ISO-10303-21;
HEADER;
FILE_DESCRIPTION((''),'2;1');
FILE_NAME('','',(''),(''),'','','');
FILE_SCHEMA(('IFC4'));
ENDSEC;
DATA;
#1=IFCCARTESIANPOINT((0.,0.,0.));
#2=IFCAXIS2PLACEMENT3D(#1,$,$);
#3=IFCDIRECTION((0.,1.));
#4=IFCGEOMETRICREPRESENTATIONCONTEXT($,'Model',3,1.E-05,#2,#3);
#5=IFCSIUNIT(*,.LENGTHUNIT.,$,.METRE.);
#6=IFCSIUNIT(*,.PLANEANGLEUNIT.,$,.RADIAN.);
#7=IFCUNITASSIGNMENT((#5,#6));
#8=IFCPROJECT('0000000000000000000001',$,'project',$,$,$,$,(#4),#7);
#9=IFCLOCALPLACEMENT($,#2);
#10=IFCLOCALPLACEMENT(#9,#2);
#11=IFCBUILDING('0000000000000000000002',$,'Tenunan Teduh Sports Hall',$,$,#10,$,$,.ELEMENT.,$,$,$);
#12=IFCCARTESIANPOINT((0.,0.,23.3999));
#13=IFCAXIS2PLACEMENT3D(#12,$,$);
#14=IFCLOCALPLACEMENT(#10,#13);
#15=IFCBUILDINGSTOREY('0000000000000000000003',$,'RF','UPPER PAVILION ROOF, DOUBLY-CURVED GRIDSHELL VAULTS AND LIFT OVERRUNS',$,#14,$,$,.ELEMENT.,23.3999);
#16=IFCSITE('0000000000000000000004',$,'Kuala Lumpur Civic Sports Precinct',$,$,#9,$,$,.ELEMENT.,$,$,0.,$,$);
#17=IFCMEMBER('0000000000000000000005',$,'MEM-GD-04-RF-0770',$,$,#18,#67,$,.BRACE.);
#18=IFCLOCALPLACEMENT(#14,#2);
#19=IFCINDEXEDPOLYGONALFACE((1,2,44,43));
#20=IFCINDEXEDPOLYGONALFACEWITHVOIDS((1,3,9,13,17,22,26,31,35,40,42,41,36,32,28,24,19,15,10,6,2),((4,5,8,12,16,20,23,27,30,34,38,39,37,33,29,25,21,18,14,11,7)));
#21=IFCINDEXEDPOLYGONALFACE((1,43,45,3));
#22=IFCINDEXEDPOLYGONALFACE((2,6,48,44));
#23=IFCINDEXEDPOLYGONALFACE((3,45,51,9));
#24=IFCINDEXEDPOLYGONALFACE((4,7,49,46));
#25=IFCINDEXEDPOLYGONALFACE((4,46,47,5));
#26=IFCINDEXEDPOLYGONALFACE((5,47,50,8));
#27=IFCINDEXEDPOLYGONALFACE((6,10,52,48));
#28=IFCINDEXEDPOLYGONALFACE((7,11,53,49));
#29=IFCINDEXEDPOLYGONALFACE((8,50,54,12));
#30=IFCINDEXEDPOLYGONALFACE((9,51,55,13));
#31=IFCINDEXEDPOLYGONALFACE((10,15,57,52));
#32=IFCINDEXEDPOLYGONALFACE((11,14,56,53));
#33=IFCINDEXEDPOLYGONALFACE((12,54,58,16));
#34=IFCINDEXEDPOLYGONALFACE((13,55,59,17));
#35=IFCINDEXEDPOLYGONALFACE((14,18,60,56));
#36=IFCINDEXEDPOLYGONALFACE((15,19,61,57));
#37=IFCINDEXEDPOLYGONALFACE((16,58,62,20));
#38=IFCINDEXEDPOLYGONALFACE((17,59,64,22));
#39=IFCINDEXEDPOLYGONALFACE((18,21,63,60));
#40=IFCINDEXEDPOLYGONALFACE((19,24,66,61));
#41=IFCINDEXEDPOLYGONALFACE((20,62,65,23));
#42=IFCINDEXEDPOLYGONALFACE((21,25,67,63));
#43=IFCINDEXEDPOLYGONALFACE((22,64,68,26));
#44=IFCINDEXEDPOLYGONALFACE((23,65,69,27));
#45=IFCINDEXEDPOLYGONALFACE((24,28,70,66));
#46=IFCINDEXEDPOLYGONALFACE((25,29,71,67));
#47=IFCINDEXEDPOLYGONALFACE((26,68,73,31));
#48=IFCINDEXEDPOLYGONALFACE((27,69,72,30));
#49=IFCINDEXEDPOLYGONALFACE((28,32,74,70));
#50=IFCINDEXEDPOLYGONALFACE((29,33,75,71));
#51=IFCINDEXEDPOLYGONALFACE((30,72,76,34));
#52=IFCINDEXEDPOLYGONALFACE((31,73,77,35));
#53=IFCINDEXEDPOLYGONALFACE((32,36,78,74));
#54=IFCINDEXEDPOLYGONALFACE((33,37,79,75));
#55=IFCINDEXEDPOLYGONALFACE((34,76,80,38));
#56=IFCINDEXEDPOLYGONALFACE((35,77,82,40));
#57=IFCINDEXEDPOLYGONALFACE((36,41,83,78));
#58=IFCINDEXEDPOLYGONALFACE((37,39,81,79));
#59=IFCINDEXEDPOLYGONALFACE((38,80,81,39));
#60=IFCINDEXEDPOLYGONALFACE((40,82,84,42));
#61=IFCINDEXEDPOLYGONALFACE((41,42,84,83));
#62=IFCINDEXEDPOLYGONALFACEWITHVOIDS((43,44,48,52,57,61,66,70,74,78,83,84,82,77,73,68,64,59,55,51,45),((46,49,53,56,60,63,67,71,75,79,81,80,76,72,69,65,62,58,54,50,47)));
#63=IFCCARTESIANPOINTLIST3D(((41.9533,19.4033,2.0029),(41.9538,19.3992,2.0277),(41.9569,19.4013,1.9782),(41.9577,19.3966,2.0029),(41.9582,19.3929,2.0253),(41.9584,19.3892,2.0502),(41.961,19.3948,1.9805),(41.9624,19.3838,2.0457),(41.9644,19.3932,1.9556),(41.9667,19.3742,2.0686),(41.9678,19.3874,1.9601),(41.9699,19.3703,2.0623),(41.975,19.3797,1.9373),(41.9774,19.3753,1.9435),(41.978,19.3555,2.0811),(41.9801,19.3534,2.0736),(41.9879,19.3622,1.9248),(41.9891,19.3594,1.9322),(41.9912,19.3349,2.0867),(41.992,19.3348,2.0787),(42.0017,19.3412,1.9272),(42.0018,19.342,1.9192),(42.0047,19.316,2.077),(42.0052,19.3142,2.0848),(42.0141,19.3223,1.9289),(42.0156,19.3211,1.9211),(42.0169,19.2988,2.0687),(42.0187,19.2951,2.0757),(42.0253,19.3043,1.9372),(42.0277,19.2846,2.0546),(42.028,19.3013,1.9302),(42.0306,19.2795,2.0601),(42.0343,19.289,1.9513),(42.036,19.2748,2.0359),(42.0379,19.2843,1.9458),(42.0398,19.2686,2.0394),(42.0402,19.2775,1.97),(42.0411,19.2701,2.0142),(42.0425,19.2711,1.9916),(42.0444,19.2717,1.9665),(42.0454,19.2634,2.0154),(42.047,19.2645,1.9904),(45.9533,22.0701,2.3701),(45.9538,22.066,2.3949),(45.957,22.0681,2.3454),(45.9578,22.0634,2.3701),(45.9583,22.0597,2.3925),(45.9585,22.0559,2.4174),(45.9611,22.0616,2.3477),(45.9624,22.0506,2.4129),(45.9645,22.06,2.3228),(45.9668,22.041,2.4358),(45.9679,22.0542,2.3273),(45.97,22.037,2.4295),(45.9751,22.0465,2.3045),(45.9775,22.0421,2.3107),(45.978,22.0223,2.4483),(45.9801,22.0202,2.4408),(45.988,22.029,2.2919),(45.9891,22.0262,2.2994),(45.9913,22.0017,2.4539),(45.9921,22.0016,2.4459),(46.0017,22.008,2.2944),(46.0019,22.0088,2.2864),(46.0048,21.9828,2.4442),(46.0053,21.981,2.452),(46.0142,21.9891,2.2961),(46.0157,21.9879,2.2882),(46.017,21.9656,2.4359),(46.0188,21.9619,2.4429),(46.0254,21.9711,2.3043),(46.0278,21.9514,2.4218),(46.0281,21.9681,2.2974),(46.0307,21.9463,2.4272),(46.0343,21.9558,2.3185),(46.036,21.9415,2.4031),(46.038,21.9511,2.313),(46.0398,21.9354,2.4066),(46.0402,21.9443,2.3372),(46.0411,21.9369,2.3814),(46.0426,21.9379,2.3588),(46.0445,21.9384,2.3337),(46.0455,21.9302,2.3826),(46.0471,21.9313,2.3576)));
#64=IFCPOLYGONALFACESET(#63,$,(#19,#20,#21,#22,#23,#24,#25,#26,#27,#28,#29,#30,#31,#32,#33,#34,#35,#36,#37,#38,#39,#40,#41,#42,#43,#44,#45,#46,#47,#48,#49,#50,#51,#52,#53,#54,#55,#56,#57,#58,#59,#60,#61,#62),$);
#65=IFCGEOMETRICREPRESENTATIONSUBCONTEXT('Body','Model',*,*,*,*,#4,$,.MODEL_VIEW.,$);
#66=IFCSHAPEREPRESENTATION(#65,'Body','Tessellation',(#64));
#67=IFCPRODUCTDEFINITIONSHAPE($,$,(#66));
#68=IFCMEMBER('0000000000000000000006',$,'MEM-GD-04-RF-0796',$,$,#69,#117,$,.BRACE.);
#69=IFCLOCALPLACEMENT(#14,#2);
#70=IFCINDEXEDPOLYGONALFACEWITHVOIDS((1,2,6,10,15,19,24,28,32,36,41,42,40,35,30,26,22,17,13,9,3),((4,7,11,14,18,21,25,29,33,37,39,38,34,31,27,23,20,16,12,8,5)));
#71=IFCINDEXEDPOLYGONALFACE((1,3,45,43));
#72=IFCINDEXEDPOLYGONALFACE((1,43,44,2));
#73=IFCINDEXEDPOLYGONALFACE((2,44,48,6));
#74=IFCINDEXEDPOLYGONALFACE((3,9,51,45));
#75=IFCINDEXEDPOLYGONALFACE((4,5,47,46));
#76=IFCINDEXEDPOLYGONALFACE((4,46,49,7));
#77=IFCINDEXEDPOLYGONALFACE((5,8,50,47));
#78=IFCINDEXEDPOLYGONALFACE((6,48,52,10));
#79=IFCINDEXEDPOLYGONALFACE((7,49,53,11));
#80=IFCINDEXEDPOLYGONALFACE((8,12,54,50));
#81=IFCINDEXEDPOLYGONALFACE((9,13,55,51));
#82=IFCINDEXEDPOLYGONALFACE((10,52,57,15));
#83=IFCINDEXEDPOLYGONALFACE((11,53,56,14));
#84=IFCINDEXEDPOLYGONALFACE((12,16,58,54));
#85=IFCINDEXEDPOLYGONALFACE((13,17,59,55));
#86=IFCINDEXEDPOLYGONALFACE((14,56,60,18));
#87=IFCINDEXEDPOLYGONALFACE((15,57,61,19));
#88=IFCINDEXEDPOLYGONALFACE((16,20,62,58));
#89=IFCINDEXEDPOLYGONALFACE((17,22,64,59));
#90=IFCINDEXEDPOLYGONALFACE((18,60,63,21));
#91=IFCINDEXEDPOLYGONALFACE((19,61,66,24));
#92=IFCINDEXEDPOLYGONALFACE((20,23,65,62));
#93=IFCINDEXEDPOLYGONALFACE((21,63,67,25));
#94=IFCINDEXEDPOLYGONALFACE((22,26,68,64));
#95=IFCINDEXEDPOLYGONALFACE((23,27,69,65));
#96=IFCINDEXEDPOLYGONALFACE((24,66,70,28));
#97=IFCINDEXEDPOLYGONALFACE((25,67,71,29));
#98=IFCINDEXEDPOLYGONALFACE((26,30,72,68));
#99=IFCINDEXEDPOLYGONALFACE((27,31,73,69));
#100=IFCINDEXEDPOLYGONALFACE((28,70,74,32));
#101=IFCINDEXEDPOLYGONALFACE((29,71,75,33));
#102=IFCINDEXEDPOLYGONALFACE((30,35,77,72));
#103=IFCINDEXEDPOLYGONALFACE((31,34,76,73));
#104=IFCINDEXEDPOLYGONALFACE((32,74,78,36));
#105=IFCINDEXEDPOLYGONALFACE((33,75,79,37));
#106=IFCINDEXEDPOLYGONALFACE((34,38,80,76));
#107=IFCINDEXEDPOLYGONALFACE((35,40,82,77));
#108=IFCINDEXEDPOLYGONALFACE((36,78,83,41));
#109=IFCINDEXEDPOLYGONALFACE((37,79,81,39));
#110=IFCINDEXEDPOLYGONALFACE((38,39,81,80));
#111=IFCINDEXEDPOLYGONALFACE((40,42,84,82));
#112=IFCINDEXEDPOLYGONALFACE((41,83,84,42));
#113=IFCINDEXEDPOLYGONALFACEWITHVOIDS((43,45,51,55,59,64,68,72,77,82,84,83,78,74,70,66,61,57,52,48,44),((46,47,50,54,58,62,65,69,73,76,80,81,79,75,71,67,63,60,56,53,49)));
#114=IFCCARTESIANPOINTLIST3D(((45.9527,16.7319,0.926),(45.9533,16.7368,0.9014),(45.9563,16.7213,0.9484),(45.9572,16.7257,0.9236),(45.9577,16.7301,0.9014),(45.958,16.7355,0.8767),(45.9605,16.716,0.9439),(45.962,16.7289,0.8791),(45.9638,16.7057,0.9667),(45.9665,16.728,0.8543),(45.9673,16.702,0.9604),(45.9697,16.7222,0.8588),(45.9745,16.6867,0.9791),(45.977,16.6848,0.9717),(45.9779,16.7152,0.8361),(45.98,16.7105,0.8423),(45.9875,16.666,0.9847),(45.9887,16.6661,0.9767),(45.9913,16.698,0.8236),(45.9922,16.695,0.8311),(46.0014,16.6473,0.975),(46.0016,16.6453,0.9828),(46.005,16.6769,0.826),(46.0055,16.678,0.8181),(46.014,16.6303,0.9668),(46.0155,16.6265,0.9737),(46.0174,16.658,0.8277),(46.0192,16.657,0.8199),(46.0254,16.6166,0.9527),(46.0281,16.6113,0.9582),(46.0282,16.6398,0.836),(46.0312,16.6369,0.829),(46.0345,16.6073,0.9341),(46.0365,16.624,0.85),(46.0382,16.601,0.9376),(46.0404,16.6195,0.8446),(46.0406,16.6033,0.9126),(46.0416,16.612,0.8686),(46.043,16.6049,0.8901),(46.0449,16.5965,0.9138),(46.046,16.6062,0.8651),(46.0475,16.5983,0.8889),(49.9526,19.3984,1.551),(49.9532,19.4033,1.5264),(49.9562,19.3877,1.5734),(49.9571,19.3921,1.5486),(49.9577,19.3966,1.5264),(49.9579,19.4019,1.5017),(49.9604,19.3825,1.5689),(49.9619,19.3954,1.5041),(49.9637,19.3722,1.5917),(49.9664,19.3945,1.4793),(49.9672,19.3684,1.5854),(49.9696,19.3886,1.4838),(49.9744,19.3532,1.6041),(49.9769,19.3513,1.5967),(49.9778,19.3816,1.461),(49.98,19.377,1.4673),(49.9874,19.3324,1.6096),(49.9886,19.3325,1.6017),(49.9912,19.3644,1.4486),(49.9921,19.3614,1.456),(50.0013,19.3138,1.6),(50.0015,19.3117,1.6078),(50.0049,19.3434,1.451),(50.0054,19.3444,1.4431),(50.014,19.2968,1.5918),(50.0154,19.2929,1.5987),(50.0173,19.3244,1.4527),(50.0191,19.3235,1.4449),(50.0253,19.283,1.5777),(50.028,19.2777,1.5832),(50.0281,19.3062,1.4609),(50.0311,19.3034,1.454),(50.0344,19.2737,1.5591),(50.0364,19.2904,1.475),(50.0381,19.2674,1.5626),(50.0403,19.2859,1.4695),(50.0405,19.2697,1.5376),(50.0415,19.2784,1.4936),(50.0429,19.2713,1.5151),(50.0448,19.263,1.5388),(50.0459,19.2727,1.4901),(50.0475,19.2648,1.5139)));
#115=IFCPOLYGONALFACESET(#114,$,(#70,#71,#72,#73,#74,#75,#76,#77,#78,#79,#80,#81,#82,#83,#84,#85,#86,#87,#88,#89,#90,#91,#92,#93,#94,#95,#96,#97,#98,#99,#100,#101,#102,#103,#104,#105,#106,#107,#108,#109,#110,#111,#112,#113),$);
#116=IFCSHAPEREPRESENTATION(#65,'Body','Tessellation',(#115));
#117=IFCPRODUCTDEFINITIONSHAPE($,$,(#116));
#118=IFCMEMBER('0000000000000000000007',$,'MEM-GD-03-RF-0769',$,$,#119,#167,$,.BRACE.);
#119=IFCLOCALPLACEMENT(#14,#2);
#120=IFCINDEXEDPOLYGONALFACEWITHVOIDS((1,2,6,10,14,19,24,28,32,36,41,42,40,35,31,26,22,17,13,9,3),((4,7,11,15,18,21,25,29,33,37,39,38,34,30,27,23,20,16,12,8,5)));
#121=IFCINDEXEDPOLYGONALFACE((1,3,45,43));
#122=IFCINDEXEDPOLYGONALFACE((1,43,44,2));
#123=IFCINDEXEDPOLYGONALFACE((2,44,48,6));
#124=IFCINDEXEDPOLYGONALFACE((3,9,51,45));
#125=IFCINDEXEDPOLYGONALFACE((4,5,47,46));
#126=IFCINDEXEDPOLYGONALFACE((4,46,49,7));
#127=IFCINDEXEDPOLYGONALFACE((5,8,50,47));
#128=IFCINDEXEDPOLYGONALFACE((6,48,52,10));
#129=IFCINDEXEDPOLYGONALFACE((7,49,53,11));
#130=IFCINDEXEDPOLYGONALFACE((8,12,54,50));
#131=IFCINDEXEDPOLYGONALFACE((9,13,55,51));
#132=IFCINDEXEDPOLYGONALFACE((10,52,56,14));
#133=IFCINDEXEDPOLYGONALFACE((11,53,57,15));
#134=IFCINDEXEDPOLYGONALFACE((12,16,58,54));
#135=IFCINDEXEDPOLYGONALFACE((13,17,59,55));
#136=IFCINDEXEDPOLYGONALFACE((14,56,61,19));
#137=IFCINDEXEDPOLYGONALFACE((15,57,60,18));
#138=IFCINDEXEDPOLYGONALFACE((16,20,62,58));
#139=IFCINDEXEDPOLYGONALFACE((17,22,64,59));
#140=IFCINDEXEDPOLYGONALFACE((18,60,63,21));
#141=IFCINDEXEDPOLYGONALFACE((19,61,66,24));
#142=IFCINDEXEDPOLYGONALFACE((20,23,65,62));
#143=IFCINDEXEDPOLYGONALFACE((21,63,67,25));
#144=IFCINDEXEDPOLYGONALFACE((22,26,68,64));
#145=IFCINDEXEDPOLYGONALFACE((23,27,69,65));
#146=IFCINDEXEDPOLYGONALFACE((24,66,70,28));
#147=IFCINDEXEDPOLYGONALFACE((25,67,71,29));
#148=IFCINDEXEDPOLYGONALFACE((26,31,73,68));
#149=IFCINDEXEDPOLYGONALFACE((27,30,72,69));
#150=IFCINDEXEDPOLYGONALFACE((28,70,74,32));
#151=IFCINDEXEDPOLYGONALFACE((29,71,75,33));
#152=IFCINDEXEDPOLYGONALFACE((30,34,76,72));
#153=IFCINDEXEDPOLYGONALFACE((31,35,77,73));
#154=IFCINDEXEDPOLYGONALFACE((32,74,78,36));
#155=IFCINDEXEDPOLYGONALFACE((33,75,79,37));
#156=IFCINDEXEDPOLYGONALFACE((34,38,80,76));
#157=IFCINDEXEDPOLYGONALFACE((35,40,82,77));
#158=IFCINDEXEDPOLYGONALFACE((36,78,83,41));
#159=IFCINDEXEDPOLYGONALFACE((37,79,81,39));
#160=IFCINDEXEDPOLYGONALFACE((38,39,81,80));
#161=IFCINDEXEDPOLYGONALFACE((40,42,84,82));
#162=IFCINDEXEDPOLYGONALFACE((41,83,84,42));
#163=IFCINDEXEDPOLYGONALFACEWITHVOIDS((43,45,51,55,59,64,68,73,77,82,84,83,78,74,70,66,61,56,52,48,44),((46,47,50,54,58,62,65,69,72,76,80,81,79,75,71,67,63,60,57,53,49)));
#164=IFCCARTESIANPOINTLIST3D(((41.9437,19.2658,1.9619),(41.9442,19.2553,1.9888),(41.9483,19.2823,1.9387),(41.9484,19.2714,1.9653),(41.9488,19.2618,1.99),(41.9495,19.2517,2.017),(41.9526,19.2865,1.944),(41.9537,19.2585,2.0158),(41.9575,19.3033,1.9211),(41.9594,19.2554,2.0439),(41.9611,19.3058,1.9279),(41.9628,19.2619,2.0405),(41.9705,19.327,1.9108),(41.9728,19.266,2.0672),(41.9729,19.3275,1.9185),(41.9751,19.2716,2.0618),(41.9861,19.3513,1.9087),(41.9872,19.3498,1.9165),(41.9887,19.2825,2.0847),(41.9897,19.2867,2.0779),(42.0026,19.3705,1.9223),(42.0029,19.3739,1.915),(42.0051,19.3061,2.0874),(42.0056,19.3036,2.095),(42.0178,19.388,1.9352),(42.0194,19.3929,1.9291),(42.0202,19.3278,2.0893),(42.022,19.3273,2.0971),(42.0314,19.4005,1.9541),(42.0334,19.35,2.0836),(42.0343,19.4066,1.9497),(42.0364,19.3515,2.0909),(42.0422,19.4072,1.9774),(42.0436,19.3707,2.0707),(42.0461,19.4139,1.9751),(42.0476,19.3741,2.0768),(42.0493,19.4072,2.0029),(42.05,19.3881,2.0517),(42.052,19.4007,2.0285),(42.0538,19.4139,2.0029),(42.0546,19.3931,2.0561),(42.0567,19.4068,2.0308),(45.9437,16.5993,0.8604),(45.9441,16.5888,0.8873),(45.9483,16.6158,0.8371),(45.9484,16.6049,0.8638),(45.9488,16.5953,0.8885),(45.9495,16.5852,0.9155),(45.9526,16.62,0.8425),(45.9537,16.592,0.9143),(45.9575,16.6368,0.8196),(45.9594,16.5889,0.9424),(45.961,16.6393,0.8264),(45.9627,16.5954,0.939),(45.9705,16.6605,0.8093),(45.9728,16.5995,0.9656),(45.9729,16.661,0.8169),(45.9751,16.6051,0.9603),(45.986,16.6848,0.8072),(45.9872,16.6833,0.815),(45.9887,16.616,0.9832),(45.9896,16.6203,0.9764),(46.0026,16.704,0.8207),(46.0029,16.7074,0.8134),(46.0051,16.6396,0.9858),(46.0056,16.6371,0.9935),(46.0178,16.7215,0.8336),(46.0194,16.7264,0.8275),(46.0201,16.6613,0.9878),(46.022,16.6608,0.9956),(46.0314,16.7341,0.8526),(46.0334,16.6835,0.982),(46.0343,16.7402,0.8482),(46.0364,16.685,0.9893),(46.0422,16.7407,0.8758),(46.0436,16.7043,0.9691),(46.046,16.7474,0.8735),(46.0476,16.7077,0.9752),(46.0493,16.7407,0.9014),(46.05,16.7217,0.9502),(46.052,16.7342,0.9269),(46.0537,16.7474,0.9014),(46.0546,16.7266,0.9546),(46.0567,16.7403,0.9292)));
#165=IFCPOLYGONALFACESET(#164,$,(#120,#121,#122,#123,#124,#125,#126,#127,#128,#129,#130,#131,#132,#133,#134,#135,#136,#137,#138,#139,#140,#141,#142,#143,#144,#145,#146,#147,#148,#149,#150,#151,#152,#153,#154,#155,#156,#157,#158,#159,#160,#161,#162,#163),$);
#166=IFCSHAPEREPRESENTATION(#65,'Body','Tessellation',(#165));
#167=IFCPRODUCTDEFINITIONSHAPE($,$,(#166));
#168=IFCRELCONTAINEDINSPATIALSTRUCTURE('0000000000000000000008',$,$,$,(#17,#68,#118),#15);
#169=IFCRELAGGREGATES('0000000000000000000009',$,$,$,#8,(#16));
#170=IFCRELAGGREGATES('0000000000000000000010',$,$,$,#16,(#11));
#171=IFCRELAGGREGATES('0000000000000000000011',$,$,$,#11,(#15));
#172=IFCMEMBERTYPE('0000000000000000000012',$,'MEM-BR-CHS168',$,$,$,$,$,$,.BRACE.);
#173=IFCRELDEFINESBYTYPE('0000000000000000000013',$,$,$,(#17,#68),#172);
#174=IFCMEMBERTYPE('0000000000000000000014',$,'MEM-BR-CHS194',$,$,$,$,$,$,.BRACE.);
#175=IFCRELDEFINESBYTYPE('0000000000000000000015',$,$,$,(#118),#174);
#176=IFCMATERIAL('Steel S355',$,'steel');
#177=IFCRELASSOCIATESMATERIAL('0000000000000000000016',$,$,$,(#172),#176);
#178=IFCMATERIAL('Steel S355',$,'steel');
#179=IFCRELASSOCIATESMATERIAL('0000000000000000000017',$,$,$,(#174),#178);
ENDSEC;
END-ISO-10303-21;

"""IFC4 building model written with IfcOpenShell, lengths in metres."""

from ifc_helpers import new_model, si_unit, direction, frame, origin, origin_2d, place, context, subcontext, project, spatial, hollow_circle, extrude, material, material_profile, profile_set, type_object, element, save


model = new_model("IFC4")

# Units and contexts
model_context = context("Model", 3, precision=1e-05, world=origin(), true_north=direction((0.0, 1.0)))
body_context = subcontext(model_context, "Body", "Model", "MODEL_VIEW")
ifc_project = project(units=[si_unit("LENGTHUNIT", "METRE"), si_unit("PLANEANGLEUNIT", "RADIAN")], contexts=[model_context])

# Site, building, storey
site_placement = place(None, origin())
site = spatial("IfcSite", under=ifc_project, at=site_placement, Name="Kuala Lumpur Civic Sports Precinct", CompositionType="ELEMENT", RefElevation=0.0)
building_placement = place(site_placement, origin())
building = spatial("IfcBuilding", under=site, at=building_placement, Name="Tenunan Teduh Sports Hall", CompositionType="ELEMENT")
storey_placement = place(building_placement, frame((0.0, 0.0, 23.3999)))
storey = spatial("IfcBuildingStorey", under=building, at=storey_placement, Name="RF", Description="UPPER PAVILION ROOF, DOUBLY-CURVED GRIDSHELL VAULTS AND LIFT OVERRUNS", CompositionType="ELEMENT", Elevation=23.3999)

# Members
ifc_material_1 = material(Name="Steel S355", Category="steel")
ifc_material_profile_1 = material_profile(ifc_material_1, hollow_circle(Radius=0.0842, WallThickness=0.0081, at=origin_2d()), Name="CHS 168.3x8.0")
ifc_profile_set_1 = profile_set([ifc_material_profile_1], Name="Steel S355")
member_type_1 = type_object("IfcMemberType", Name="MEM-BR-CHS168", PredefinedType="BRACE", material=ifc_profile_set_1)
member_1_placement = place(storey_placement, frame((42.0, 19.3333, 2.0029), z_axis=(0.829626, 0.553101, 0.076157), x_axis=(-0.554712, 0.832042, 0.0)))
element("IfcMember", 1, at=member_1_placement, inside=storey, type_object=member_type_1, Name="MEM-GD-04-RF-0770", PredefinedType="BRACE", context=body_context, shape_type="SweptSolid", body=[
    extrude(hollow_circle(Radius=0.0842, WallThickness=0.0081, at=origin_2d()), origin(), (0.0, 0.0, 1.0), 4.8215),
])
member_2_placement = place(storey_placement, frame((46.0, 16.6667, 0.9014), z_axis=(0.825122, 0.550048, 0.128925), x_axis=(-0.554677, 0.832066, 0.0)))
element("IfcMember", 2, at=member_2_placement, inside=storey, type_object=member_type_1, Name="MEM-GD-04-RF-0796", PredefinedType="BRACE", context=body_context, shape_type="SweptSolid", body=[
    extrude(hollow_circle(Radius=0.0842, WallThickness=0.0081, at=origin_2d()), origin(), (0.0, 0.0, 1.0), 4.8477),
])
ifc_material_2 = material(Name="Steel S355", Category="steel")
ifc_material_profile_2 = material_profile(ifc_material_2, hollow_circle(Radius=0.0969, WallThickness=0.0081, at=origin_2d()), Name="CHS 193.7x8.0")
ifc_profile_set_2 = profile_set([ifc_material_profile_2], Name="Steel S355")
member_type_2 = type_object("IfcMemberType", Name="MEM-BR-CHS194", PredefinedType="BRACE", material=ifc_profile_set_2)
member_3_placement = place(storey_placement, frame((42.0, 19.3333, 2.0029), z_axis=(0.811046, -0.540664, -0.223354), x_axis=(0.554677, 0.832066, 0.0)))
element("IfcMember", 3, at=member_3_placement, inside=storey, type_object=member_type_2, Name="MEM-GD-03-RF-0769", PredefinedType="BRACE", context=body_context, shape_type="SweptSolid", body=[
    extrude(hollow_circle(Radius=0.0969, WallThickness=0.0081, at=origin_2d()), origin(), (0.0, 0.0, 1.0), 4.9319),
])

save(model, "model.ifc")
